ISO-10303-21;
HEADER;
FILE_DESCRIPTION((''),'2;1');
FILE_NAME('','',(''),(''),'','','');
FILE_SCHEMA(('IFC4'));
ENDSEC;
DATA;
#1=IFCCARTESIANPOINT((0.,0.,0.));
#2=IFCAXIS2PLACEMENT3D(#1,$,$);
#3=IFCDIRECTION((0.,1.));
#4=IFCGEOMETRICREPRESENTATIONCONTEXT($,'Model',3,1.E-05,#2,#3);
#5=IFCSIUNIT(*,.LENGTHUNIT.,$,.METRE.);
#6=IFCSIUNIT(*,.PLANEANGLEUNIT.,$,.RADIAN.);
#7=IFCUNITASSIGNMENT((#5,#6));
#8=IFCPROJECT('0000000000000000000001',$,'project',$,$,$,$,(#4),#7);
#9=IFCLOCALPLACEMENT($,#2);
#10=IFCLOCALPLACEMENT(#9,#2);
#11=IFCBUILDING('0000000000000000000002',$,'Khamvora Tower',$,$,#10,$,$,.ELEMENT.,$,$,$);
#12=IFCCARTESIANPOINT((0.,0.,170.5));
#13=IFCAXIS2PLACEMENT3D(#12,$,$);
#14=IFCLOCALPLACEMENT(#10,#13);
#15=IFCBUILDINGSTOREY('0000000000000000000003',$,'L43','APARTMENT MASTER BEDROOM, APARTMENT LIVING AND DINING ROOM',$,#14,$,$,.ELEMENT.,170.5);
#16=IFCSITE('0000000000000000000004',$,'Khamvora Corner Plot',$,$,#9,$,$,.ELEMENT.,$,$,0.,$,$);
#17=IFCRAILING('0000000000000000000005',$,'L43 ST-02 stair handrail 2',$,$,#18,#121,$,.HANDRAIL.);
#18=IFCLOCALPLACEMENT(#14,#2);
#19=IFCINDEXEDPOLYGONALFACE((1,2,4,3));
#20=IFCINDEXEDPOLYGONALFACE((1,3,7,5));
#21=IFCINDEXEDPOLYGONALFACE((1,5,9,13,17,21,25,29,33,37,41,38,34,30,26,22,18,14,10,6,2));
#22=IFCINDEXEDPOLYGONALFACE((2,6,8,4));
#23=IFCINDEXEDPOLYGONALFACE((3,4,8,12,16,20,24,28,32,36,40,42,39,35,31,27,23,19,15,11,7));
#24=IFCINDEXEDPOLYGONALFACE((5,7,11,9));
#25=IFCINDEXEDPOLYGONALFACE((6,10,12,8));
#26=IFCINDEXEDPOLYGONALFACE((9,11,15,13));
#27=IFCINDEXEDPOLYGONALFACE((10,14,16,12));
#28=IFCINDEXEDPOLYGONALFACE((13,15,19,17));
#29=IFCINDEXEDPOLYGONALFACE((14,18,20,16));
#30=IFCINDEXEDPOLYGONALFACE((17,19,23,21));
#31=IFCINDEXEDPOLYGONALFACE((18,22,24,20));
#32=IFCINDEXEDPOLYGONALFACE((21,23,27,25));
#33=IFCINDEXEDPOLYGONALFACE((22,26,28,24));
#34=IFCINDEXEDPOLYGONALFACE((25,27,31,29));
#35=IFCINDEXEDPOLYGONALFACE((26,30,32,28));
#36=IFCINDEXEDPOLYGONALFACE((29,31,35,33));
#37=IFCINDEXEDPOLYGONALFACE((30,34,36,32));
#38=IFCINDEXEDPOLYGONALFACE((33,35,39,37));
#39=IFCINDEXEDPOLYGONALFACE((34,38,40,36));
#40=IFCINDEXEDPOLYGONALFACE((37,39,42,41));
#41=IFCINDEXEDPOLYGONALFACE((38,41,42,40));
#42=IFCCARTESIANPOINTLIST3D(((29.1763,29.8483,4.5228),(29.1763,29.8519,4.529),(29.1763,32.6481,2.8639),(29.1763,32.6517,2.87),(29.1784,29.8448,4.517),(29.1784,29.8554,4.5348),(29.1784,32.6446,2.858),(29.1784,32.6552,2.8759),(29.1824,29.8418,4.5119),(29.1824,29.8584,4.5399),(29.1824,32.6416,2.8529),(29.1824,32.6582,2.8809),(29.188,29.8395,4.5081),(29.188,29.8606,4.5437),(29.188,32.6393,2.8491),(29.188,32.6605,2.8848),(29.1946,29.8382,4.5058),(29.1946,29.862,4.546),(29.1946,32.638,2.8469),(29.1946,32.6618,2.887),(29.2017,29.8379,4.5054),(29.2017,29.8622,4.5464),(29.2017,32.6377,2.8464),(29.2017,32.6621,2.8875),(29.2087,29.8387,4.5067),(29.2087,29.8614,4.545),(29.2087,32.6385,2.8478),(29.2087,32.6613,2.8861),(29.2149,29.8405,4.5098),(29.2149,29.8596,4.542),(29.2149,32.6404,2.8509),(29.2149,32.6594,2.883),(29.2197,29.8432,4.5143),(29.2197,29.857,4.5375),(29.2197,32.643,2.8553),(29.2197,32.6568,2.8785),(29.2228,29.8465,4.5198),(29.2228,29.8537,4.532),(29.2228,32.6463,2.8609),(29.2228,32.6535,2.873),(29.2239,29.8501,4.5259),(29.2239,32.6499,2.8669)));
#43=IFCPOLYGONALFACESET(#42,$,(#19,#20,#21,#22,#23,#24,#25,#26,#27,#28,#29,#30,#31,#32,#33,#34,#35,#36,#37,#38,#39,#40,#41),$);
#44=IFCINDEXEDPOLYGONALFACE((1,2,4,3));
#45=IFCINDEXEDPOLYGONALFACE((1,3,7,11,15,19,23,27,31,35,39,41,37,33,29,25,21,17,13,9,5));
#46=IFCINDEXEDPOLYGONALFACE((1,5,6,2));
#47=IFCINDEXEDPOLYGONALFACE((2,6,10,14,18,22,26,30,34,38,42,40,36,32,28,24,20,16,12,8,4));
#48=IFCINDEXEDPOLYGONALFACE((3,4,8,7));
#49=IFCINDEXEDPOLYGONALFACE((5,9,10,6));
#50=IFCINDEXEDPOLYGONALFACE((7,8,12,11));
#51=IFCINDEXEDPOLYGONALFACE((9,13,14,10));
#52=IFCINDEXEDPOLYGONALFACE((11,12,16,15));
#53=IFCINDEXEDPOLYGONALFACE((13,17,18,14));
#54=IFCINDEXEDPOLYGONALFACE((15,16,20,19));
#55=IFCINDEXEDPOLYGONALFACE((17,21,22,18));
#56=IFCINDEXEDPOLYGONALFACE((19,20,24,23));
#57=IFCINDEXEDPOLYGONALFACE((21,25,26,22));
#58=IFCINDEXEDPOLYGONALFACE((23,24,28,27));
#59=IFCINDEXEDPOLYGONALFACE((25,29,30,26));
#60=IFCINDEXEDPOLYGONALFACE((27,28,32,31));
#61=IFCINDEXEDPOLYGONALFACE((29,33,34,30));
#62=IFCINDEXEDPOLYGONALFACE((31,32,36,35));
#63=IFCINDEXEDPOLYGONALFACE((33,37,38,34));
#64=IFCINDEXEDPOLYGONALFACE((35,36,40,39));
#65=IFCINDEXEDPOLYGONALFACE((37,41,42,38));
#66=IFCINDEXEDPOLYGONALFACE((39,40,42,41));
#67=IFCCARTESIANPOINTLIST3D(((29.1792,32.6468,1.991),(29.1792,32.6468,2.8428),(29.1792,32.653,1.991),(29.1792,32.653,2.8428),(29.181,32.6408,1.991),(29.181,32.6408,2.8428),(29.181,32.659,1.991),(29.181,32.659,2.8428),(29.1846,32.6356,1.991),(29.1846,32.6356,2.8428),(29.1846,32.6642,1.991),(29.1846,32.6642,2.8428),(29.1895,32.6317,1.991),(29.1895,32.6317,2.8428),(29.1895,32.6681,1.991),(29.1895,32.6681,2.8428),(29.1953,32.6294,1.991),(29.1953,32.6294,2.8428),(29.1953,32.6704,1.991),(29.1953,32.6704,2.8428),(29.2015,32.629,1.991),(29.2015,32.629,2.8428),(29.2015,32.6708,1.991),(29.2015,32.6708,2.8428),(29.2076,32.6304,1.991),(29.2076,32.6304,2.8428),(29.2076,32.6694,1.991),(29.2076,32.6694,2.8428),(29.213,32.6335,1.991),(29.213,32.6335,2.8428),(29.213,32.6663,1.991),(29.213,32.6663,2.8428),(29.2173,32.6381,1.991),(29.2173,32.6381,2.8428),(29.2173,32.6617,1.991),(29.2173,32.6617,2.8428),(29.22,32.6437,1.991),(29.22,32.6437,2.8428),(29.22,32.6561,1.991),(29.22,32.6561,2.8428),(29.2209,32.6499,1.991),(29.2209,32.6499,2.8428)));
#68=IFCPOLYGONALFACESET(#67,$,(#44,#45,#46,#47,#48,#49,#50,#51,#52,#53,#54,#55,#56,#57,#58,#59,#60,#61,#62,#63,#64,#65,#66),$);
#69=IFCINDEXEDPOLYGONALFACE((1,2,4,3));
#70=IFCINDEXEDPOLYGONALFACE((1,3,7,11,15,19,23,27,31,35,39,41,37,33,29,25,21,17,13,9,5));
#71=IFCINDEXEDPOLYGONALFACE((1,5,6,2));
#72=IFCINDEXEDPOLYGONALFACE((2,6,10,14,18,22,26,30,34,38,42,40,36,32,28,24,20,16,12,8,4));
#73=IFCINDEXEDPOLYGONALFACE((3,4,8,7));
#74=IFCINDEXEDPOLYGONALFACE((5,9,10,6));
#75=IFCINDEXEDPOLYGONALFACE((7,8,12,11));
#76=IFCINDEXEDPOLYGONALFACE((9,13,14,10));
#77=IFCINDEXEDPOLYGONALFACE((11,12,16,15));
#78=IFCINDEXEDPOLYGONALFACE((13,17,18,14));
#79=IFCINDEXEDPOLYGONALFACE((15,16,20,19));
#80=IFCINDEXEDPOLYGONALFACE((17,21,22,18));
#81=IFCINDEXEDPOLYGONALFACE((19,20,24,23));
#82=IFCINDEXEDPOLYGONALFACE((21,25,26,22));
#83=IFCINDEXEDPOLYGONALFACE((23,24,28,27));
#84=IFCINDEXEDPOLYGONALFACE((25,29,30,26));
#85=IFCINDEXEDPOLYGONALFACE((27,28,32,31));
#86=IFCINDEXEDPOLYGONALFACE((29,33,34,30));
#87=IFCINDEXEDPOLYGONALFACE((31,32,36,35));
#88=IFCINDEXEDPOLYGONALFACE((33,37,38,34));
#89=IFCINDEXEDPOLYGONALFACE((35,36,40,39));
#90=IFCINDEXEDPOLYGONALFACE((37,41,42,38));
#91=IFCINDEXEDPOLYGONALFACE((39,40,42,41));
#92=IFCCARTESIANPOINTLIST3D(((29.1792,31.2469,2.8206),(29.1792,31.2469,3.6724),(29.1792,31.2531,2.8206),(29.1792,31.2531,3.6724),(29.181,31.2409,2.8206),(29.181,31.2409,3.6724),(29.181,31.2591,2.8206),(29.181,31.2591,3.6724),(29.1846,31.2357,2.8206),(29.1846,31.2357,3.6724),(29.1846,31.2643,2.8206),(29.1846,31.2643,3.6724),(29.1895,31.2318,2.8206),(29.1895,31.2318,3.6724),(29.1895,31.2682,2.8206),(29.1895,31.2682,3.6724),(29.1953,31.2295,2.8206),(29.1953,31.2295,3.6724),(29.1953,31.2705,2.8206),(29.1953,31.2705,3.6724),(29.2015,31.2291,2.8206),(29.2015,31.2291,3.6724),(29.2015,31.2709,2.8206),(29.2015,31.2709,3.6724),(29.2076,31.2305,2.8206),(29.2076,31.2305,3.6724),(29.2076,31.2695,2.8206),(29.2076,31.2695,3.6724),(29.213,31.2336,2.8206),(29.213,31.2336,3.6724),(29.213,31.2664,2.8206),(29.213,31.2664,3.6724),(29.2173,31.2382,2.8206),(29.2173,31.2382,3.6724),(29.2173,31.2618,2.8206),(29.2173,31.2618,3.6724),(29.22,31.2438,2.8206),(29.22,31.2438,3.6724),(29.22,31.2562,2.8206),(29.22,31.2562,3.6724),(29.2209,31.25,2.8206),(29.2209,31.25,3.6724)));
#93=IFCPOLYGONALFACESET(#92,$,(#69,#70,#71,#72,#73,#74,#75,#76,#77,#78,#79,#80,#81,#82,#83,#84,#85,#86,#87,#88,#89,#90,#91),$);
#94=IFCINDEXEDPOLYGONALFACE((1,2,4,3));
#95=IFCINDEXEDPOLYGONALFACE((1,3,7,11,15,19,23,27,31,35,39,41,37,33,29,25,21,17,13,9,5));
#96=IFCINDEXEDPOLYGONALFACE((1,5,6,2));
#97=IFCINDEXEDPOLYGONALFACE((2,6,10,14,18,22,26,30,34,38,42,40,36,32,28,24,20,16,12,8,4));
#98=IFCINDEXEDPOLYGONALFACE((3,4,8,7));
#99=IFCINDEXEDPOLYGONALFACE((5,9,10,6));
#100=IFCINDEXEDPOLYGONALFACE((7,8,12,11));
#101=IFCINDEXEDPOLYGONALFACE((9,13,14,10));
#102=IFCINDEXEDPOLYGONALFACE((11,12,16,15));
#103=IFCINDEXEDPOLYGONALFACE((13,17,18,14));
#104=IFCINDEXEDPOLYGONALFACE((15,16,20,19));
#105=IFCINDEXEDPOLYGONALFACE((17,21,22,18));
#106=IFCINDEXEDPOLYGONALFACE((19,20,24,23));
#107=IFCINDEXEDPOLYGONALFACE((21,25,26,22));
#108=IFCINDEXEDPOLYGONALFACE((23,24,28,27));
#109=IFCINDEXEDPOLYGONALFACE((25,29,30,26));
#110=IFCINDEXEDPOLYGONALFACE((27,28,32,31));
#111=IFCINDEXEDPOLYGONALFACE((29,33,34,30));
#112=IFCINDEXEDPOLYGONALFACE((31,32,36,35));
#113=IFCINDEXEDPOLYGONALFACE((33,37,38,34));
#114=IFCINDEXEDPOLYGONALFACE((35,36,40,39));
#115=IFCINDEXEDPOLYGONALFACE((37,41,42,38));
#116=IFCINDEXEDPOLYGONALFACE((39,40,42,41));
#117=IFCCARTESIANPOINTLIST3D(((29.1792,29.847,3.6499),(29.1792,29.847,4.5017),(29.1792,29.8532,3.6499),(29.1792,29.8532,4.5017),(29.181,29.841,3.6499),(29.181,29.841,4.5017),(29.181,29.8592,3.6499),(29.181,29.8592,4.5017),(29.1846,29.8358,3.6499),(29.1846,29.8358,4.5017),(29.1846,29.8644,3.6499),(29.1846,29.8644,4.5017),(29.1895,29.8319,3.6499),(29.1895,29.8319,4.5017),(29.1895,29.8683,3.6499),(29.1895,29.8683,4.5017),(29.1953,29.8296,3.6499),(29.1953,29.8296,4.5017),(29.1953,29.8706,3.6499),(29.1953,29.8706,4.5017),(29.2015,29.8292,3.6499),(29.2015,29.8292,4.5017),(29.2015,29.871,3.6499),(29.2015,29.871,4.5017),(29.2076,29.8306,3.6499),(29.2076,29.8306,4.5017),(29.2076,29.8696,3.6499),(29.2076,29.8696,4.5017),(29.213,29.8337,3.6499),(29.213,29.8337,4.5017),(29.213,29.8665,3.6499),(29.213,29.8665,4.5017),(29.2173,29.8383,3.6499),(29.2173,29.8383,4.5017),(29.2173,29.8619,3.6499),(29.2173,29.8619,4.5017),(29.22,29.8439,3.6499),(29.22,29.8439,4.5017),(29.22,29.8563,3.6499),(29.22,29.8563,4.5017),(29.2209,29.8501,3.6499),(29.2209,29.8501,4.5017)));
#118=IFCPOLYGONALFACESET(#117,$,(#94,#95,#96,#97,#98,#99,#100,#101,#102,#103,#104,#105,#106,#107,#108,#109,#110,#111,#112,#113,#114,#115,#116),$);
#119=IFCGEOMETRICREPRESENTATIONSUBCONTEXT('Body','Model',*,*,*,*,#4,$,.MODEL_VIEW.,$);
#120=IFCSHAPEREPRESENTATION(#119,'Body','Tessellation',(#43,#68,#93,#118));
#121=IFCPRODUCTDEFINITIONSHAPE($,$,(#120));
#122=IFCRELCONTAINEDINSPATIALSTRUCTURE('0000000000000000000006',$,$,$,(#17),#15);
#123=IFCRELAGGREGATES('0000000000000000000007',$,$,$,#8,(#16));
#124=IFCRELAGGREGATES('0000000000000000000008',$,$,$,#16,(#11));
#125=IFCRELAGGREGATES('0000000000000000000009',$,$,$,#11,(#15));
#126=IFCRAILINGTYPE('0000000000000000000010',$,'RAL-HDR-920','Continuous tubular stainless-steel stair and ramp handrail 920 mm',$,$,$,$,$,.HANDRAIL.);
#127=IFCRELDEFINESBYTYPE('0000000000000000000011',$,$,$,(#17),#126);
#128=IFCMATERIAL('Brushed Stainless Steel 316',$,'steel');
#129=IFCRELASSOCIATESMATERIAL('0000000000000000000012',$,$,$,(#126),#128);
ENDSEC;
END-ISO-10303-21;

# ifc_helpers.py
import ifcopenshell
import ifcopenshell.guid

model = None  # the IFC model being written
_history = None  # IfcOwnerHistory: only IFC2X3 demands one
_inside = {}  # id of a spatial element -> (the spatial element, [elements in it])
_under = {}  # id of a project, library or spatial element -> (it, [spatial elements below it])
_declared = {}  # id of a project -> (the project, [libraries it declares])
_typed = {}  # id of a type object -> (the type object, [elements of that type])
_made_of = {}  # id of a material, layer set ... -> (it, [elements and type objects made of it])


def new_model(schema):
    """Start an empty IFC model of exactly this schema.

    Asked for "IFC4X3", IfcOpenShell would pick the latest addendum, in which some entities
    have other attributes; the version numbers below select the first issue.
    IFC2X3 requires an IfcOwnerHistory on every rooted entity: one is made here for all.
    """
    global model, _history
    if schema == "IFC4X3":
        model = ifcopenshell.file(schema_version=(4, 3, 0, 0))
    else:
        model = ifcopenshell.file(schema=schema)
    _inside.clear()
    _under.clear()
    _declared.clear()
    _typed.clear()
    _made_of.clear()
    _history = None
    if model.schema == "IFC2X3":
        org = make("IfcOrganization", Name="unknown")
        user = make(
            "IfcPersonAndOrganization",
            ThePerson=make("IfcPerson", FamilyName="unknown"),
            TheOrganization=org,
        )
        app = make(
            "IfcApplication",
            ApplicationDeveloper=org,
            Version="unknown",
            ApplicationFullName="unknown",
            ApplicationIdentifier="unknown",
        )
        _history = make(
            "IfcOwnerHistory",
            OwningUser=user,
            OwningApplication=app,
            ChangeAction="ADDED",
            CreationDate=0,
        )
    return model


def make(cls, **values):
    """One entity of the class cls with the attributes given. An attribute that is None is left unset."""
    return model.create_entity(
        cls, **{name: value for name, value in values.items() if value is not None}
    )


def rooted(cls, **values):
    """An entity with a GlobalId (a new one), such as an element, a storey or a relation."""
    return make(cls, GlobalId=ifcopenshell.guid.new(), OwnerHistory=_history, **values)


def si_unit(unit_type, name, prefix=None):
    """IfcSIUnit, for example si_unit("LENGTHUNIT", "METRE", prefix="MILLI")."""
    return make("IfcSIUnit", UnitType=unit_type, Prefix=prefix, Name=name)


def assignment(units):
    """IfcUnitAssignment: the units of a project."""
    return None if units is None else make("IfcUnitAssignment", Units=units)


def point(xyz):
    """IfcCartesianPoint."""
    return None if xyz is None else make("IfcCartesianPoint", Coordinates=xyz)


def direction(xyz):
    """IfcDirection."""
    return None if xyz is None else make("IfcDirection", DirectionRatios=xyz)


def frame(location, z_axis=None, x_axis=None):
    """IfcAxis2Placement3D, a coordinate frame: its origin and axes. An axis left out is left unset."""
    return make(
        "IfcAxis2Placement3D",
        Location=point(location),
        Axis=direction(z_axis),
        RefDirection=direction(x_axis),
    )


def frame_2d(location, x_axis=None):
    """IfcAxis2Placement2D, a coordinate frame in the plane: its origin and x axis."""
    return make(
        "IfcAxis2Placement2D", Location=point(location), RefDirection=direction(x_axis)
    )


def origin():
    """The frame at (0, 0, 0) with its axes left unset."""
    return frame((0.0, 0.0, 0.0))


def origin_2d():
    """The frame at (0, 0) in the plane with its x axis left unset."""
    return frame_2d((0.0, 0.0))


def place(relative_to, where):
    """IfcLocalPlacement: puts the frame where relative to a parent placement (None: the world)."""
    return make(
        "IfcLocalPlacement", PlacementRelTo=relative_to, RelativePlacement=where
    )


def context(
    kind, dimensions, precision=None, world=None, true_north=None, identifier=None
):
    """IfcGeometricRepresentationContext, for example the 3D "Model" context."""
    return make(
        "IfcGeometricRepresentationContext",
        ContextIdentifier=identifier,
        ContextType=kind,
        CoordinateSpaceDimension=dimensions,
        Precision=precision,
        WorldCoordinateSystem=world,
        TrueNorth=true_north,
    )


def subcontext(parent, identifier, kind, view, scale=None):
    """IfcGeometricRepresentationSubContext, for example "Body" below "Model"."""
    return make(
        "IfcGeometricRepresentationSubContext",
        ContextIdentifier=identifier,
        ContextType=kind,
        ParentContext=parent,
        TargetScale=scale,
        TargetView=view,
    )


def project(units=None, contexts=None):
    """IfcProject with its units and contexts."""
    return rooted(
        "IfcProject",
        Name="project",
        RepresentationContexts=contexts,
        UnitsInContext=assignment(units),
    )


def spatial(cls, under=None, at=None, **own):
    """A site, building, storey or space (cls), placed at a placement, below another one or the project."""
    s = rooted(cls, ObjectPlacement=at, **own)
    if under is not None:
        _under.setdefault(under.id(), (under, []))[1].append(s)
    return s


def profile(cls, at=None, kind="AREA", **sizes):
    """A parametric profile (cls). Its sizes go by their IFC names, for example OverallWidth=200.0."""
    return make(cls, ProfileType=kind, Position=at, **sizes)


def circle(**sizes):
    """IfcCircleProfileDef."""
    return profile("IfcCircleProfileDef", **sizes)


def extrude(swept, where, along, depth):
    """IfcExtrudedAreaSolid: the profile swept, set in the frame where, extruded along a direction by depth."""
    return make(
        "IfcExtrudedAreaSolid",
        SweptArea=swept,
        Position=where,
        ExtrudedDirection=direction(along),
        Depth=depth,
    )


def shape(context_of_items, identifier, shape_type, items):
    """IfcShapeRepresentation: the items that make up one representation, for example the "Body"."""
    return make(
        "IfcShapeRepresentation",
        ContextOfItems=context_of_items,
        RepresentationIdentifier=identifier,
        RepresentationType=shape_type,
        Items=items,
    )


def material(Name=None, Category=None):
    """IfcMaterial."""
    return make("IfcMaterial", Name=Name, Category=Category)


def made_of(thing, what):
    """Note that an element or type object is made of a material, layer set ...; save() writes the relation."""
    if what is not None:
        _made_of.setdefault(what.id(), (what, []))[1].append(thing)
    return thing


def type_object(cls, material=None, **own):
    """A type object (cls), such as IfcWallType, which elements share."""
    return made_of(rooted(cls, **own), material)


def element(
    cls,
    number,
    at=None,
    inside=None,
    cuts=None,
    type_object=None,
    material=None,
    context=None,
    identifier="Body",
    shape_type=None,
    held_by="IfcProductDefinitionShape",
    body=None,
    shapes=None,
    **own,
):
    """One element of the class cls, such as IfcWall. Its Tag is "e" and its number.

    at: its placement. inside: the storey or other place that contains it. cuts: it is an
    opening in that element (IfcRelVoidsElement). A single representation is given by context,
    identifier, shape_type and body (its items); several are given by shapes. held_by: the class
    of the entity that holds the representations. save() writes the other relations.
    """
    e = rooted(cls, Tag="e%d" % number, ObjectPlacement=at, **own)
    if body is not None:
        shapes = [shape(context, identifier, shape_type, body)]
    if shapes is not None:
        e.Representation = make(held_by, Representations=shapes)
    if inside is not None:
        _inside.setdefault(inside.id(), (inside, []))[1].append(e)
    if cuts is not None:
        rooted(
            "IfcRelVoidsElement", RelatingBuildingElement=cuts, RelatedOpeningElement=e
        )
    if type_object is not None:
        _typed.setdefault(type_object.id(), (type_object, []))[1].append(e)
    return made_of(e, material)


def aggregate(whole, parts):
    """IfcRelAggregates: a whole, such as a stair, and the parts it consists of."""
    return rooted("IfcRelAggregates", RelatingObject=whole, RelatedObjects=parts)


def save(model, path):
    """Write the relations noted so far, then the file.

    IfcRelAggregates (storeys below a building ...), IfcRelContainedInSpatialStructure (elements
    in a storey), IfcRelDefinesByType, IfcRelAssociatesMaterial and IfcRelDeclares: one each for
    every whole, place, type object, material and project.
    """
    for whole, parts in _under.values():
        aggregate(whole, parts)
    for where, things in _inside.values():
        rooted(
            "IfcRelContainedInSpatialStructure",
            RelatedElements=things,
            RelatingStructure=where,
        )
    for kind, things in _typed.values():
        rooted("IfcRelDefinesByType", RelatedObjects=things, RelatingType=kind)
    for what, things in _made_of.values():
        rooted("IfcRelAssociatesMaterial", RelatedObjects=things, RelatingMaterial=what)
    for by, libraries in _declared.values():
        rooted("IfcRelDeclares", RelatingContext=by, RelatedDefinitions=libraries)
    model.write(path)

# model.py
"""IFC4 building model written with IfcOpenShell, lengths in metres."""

from ifc_helpers import new_model, si_unit, direction, frame, origin, origin_2d, place, context, subcontext, project, spatial, circle, extrude, material, type_object, element, save


model = new_model("IFC4")

# Units and contexts
model_context = context("Model", 3, precision=1e-05, world=origin(), true_north=direction((0.0, 1.0)))
body_context = subcontext(model_context, "Body", "Model", "MODEL_VIEW")
ifc_project = project(units=[si_unit("LENGTHUNIT", "METRE"), si_unit("PLANEANGLEUNIT", "RADIAN")], contexts=[model_context])

# Site, building, storey
site_placement = place(None, origin())
site = spatial("IfcSite", under=ifc_project, at=site_placement, Name="Khamvora Corner Plot", CompositionType="ELEMENT", RefElevation=0.0)
building_placement = place(site_placement, origin())
building = spatial("IfcBuilding", under=site, at=building_placement, Name="Khamvora Tower", CompositionType="ELEMENT")
storey_placement = place(building_placement, frame((0.0, 0.0, 170.5)))
storey = spatial("IfcBuildingStorey", under=building, at=storey_placement, Name="L43", Description="APARTMENT MASTER BEDROOM, APARTMENT LIVING AND DINING ROOM", CompositionType="ELEMENT", Elevation=170.5)

# Railing
ifc_material_1 = material(Name="Brushed Stainless Steel 316", Category="steel")
railing_type_1 = type_object("IfcRailingType", Name="RAL-HDR-920", Description="Continuous tubular stainless-steel stair and ramp handrail 920 mm", PredefinedType="HANDRAIL", material=ifc_material_1)
railing_1_placement = place(storey_placement, frame((29.2, 32.6499, 1.991)))
element("IfcRailing", 1, at=railing_1_placement, inside=storey, type_object=railing_type_1, Name="L43 ST-02 stair handrail 2", PredefinedType="HANDRAIL", context=body_context, shape_type="SweptSolid", body=[
    extrude(circle(Radius=0.0239, at=origin_2d()), frame((0.0, 0.0, 0.876), z_axis=(0.0, -0.86032, 0.509755), x_axis=(1.0, 0.0, 0.0)), (0.0, 0.0, 1.0), 3.2544),
    extrude(circle(Radius=0.021, at=origin_2d()), origin(), (0.0, 0.0, 1.0), 0.8518),
    extrude(circle(Radius=0.021, at=origin_2d()), frame((0.0, -1.3999, 0.8296)), (0.0, 0.0, 1.0), 0.8518),
    extrude(circle(Radius=0.021, at=origin_2d()), frame((0.0, -2.7998, 1.6589)), (0.0, 0.0, 1.0), 0.8518),
])

save(model, "model.ifc")
